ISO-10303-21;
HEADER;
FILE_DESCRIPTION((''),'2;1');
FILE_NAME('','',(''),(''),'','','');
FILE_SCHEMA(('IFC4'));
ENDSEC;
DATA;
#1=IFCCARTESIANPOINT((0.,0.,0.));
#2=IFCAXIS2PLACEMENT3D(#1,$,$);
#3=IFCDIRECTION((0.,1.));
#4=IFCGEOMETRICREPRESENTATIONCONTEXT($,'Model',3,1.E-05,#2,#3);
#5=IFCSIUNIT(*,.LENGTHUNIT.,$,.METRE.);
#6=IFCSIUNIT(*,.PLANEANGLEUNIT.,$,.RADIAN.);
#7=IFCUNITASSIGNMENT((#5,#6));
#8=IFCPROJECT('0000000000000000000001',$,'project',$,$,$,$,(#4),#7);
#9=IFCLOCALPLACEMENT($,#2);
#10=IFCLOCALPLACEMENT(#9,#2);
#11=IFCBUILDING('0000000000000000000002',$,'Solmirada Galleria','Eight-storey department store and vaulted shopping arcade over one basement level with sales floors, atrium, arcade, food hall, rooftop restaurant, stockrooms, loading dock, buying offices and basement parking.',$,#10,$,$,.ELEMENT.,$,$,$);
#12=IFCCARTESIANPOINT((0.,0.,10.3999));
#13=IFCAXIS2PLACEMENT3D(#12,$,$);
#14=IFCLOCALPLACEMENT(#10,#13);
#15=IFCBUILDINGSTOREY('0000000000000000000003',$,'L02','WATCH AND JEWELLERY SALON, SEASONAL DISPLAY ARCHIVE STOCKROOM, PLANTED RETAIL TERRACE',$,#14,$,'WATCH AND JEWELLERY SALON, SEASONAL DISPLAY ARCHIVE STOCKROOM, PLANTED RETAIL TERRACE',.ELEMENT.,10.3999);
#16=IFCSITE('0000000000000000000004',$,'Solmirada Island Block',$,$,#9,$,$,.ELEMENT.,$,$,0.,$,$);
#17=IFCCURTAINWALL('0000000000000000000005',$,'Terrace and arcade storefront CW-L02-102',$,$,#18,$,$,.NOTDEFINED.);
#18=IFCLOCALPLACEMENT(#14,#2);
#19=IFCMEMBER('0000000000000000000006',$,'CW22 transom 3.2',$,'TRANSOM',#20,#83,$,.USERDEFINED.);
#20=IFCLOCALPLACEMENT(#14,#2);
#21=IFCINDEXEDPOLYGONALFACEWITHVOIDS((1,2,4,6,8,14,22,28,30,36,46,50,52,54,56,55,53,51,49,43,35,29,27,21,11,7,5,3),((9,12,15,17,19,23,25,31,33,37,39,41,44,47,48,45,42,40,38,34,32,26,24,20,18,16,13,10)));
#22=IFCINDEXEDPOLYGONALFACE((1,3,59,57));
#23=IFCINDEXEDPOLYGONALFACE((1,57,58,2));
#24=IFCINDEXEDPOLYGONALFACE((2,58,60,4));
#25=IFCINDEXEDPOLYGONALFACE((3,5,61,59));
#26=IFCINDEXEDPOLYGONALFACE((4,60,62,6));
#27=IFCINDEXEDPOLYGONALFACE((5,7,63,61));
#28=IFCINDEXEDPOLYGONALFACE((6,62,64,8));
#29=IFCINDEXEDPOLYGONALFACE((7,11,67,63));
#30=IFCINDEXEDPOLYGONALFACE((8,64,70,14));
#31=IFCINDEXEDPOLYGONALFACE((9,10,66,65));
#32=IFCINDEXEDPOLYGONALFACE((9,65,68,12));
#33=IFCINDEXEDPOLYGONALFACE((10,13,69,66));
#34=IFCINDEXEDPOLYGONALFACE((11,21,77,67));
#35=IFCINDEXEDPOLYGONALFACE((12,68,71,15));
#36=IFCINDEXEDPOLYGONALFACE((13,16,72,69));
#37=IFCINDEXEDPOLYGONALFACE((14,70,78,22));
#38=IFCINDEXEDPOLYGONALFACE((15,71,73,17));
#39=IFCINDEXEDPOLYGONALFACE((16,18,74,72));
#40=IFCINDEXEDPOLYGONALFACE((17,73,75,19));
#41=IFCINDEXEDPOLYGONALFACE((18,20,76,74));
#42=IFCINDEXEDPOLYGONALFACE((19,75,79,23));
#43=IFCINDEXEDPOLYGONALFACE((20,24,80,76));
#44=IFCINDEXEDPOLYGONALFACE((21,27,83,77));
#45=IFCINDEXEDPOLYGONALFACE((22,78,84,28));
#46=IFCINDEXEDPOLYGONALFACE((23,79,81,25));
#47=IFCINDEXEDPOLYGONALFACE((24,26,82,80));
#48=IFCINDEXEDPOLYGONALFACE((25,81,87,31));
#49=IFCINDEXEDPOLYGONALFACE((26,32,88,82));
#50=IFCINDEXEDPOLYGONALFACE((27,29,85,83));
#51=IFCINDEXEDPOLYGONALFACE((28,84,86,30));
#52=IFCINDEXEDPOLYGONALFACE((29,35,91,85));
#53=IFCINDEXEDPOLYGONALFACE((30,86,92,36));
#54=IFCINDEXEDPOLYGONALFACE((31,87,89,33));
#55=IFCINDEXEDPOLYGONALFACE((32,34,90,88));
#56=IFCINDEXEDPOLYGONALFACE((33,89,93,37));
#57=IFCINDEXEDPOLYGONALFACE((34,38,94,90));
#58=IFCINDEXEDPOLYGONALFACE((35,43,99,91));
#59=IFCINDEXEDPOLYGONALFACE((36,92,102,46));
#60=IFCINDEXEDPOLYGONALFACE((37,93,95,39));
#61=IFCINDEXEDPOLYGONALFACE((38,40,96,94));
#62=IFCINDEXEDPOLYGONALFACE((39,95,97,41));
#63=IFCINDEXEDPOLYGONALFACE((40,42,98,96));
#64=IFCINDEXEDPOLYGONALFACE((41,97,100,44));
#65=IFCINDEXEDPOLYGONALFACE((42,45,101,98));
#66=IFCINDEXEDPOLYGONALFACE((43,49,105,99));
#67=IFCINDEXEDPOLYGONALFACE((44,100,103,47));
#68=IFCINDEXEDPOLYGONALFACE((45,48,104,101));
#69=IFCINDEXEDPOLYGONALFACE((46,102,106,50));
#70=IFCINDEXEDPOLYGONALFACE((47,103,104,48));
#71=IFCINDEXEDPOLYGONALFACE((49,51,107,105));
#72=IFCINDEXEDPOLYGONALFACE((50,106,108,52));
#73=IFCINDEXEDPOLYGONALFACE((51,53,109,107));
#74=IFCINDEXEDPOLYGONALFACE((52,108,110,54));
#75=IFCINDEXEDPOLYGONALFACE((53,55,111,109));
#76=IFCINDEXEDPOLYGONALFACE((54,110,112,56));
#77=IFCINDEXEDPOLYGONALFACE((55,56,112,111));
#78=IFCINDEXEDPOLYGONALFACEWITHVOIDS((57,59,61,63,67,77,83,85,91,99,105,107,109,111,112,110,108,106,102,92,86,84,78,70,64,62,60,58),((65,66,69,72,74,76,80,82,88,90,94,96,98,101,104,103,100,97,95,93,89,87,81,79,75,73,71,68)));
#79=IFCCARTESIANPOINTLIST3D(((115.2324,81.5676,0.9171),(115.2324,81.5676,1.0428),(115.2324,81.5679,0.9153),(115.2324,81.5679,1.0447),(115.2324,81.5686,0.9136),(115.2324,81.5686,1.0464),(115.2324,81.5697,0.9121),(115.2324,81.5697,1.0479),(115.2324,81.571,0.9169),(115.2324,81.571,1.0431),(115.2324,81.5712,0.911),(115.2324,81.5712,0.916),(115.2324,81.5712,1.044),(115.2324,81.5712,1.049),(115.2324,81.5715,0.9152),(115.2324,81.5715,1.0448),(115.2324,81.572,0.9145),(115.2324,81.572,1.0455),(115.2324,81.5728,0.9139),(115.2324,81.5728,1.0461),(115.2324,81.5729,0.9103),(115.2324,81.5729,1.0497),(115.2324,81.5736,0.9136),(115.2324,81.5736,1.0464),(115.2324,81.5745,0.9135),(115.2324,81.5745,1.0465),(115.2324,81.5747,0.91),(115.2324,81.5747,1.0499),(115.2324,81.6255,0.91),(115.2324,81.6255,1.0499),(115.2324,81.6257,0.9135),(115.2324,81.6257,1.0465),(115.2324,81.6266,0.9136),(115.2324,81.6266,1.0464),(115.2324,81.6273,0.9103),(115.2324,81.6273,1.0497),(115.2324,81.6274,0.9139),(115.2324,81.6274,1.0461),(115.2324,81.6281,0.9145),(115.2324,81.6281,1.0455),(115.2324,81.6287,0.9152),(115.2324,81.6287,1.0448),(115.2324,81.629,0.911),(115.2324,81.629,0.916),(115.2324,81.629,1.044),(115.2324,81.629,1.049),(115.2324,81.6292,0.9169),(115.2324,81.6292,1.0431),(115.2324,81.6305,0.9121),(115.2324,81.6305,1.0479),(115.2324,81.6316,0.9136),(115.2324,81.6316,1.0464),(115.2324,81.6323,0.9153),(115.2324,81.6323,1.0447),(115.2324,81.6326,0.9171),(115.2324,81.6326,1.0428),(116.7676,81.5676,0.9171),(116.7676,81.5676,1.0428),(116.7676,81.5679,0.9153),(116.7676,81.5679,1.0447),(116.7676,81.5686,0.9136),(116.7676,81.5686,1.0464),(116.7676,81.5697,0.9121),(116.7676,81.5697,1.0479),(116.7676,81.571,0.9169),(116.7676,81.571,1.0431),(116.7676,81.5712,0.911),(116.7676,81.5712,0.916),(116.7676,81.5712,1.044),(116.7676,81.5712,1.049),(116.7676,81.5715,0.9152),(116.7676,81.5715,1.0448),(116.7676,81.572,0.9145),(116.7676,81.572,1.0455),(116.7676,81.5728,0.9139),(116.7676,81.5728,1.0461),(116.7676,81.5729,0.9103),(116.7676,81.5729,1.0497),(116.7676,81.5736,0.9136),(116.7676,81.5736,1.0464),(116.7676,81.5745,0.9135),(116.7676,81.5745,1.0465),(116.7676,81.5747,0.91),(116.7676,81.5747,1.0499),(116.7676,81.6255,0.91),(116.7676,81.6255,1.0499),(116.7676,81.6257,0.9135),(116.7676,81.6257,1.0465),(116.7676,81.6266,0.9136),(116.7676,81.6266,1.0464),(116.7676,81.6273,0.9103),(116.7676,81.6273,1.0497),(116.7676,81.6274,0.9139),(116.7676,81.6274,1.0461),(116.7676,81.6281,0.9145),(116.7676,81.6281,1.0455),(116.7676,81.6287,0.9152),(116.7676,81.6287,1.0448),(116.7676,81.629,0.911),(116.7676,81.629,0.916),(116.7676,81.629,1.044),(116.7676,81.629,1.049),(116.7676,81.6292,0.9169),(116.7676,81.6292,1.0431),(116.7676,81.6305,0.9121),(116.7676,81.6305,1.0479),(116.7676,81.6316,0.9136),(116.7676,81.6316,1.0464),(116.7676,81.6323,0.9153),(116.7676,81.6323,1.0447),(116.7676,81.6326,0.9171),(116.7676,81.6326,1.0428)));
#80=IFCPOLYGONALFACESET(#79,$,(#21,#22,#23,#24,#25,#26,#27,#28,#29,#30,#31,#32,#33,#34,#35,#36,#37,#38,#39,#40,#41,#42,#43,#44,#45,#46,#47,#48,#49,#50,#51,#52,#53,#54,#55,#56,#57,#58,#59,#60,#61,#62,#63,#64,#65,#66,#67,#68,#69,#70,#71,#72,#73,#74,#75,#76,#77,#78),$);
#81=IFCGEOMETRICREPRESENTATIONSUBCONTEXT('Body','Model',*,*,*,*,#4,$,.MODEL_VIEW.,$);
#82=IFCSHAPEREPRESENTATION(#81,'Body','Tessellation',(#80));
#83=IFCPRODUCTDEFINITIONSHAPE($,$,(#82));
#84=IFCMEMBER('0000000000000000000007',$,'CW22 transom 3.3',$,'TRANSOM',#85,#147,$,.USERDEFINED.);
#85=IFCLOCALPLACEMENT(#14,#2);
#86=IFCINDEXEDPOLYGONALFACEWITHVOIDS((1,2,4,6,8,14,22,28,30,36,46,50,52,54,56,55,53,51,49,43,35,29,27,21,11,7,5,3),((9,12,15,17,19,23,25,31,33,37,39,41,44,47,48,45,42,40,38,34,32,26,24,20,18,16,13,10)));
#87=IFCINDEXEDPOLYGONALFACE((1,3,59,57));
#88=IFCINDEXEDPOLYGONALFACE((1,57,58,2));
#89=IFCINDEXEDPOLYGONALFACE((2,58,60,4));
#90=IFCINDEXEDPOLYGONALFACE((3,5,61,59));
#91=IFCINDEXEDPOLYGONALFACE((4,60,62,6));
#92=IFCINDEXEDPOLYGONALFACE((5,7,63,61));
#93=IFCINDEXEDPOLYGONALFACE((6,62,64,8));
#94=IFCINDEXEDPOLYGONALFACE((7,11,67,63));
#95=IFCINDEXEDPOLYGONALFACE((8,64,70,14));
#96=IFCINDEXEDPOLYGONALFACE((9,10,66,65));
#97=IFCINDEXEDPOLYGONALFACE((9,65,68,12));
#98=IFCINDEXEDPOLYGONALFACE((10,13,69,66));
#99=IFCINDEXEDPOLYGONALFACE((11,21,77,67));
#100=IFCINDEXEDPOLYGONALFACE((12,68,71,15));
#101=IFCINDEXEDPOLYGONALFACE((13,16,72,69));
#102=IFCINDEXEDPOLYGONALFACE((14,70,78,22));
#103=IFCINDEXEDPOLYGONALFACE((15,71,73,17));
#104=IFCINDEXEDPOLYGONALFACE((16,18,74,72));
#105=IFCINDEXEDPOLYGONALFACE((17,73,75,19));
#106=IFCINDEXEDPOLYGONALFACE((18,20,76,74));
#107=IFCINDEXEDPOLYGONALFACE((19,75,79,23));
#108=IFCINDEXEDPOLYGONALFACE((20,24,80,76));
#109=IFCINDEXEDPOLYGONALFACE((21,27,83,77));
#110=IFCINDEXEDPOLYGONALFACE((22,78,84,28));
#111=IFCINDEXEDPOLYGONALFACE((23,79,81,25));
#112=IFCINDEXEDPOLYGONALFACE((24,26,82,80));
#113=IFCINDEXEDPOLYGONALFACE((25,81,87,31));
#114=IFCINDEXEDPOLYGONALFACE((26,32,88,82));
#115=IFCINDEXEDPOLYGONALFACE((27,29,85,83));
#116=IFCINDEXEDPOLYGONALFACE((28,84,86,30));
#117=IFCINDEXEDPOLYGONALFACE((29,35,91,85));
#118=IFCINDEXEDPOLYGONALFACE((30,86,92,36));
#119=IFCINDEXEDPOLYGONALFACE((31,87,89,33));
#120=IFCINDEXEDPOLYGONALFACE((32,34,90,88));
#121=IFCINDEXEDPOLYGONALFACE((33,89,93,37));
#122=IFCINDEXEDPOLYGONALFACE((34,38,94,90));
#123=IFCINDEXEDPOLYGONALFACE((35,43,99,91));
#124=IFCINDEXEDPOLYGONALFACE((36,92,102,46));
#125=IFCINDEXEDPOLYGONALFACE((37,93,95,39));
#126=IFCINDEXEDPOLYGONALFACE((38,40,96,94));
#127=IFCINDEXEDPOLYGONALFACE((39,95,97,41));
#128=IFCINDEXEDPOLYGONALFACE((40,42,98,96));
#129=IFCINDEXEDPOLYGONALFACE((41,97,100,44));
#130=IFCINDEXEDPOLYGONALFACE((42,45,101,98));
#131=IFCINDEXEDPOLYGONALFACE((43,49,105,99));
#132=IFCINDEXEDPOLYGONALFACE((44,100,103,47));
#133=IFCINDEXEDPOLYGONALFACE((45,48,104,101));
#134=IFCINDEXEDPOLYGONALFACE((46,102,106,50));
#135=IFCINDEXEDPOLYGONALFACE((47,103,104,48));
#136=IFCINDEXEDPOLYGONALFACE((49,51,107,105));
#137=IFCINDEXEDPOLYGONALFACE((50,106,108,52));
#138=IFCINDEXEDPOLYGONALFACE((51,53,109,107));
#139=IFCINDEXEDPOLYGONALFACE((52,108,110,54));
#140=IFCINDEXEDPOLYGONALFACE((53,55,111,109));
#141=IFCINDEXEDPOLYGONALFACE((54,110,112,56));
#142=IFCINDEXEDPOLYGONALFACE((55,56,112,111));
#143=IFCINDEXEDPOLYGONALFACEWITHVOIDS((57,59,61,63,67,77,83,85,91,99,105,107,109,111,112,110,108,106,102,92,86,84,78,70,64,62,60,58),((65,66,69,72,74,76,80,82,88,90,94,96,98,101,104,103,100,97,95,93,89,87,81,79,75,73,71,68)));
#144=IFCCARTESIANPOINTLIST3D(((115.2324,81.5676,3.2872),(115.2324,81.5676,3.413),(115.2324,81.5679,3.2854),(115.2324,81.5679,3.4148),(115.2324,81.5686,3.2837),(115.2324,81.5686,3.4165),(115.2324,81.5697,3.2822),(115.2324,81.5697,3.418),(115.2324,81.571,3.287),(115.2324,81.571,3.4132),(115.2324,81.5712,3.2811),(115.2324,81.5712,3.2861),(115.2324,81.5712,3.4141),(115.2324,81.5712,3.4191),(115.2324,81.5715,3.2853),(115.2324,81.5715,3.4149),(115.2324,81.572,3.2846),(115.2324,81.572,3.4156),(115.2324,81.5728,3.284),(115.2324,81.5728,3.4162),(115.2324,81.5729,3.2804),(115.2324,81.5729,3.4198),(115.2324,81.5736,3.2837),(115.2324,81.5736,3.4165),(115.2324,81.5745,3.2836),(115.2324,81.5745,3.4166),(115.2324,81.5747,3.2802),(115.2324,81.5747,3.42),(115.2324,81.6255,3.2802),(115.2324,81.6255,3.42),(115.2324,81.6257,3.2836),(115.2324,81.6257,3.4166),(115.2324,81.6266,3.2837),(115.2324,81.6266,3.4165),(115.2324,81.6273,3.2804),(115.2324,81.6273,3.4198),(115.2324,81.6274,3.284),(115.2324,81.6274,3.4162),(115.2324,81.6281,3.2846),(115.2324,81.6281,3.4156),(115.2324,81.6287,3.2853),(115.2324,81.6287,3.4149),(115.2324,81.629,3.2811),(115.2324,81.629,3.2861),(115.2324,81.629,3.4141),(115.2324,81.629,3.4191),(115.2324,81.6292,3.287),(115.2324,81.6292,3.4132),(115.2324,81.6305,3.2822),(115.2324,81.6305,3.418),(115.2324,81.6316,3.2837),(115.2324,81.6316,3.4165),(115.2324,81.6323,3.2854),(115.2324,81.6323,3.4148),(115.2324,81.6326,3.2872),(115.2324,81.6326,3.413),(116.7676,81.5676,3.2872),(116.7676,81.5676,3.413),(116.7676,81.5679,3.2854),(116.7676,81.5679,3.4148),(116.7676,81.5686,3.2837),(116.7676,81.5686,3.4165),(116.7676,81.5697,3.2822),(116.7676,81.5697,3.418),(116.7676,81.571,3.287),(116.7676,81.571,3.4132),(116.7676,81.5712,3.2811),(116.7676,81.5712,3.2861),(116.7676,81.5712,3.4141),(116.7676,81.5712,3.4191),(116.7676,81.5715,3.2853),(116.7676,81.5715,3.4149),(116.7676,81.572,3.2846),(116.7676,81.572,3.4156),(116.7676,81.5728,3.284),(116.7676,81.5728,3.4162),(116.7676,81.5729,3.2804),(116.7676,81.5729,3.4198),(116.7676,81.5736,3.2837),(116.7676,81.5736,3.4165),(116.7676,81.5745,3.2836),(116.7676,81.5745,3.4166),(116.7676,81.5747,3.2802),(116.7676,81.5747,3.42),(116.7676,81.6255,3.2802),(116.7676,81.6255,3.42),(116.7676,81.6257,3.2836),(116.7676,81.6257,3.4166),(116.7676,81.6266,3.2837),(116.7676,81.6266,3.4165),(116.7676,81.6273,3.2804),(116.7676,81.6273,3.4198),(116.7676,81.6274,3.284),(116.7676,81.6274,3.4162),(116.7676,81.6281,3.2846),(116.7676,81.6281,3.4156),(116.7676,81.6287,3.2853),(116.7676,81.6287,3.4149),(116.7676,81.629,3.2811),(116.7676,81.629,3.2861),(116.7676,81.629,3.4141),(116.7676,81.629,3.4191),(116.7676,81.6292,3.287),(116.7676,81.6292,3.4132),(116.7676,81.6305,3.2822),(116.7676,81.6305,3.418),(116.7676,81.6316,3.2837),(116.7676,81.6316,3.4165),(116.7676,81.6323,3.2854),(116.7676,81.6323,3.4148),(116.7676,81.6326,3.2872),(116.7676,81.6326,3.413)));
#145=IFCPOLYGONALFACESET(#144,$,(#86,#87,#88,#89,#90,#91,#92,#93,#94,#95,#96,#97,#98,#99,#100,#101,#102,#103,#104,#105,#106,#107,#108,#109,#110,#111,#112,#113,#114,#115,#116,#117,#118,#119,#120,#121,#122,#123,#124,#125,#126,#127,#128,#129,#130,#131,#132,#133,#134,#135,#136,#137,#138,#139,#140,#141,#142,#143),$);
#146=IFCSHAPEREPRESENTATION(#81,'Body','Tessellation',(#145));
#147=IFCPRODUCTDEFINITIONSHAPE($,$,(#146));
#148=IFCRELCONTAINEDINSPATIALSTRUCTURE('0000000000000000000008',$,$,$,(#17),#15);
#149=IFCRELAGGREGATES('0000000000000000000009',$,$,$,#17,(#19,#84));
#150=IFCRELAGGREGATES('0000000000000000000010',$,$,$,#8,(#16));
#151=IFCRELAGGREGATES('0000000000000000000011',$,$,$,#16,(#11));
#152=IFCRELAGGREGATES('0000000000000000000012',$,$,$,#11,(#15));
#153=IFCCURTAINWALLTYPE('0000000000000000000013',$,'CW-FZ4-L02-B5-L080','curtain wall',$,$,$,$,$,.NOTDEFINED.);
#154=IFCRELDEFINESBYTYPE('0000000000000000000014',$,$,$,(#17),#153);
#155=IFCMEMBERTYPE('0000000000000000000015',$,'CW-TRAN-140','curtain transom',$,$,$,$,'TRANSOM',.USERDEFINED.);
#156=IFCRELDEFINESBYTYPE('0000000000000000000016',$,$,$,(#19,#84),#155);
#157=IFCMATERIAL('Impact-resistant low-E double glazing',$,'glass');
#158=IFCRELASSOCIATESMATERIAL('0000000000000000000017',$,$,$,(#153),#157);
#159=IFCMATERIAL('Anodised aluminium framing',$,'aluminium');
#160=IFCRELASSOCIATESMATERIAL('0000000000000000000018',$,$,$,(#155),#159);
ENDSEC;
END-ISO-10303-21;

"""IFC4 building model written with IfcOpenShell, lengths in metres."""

from ifc_helpers import new_model, si_unit, direction, frame, origin, origin_2d, place, context, subcontext, project, spatial, hollow_rectangle, extrude, material, material_profile, profile_set, type_object, element, aggregate, save


model = new_model("IFC4")

# Units and contexts
model_context = context("Model", 3, precision=1e-05, world=origin(), true_north=direction((0.0, 1.0)))
body_context = subcontext(model_context, "Body", "Model", "MODEL_VIEW")
ifc_project = project(units=[si_unit("LENGTHUNIT", "METRE"), si_unit("PLANEANGLEUNIT", "RADIAN")], contexts=[model_context])

# Site, building, storey
site_placement = place(None, origin())
site = spatial("IfcSite", under=ifc_project, at=site_placement, Name="Solmirada Island Block", CompositionType="ELEMENT", RefElevation=0.0)
building_placement = place(site_placement, origin())
building = spatial("IfcBuilding", under=site, at=building_placement, Name="Solmirada Galleria", Description="Eight-storey department store and vaulted shopping arcade over one basement level with sales floors, atrium, arcade, food hall, rooftop restaurant, stockrooms, loading dock, buying offices and basement parking.", CompositionType="ELEMENT")
storey_placement = place(building_placement, frame((0.0, 0.0, 10.3999)))
storey = spatial("IfcBuildingStorey", under=building, at=storey_placement, Name="L02", Description="WATCH AND JEWELLERY SALON, SEASONAL DISPLAY ARCHIVE STOCKROOM, PLANTED RETAIL TERRACE", LongName="WATCH AND JEWELLERY SALON, SEASONAL DISPLAY ARCHIVE STOCKROOM, PLANTED RETAIL TERRACE", CompositionType="ELEMENT", Elevation=10.3999)

# Curtain wall, members
ifc_material_1 = material(Name="Impact-resistant low-E double glazing", Category="glass")
curtain_wall_type = type_object("IfcCurtainWallType", Name="CW-FZ4-L02-B5-L080", Description="curtain wall", PredefinedType="NOTDEFINED", material=ifc_material_1)
curtain_wall_placement = place(storey_placement, origin())
curtain_wall = element("IfcCurtainWall", 1, at=curtain_wall_placement, inside=storey, type_object=curtain_wall_type, Name="Terrace and arcade storefront CW-L02-102", PredefinedType="NOTDEFINED")
ifc_material_2 = material(Name="Anodised aluminium framing", Category="aluminium")
ifc_material_profile_1 = material_profile(ifc_material_2, hollow_rectangle(XDim=0.0649, YDim=0.1399, WallThickness=0.0034, InnerFilletRadius=0.0034, OuterFilletRadius=0.0071, at=origin_2d()), Name="ALU-TRAN-140X65")
ifc_profile_set_1 = profile_set([ifc_material_profile_1], Name="Anodised aluminium framing")
member_type_1 = type_object("IfcMemberType", Name="CW-TRAN-140", Description="curtain transom", ElementType="TRANSOM", PredefinedType="USERDEFINED", material=ifc_profile_set_1)
member_1_placement = place(storey_placement, frame((116.7676, 81.6001, 0.98), z_axis=(-1.0, 0.0, 0.0), x_axis=(0.0, -1.0, 0.0)))
member_1 = element("IfcMember", 2, at=member_1_placement, type_object=member_type_1, Name="CW22 transom 3.2", ObjectType="TRANSOM", PredefinedType="USERDEFINED", context=body_context, shape_type="SweptSolid", body=[
    extrude(hollow_rectangle(XDim=0.0649, YDim=0.1399, WallThickness=0.0034, InnerFilletRadius=0.0034, OuterFilletRadius=0.0071, at=origin_2d()), origin(), (0.0, 0.0, 1.0), 1.5352),
])
member_2_placement = place(storey_placement, frame((116.7676, 81.6001, 3.3501), z_axis=(-1.0, 0.0, 0.0), x_axis=(0.0, -1.0, 0.0)))
member_2 = element("IfcMember", 3, at=member_2_placement, type_object=member_type_1, Name="CW22 transom 3.3", ObjectType="TRANSOM", PredefinedType="USERDEFINED", context=body_context, shape_type="SweptSolid", body=[
    extrude(hollow_rectangle(XDim=0.0649, YDim=0.1399, WallThickness=0.0034, InnerFilletRadius=0.0034, OuterFilletRadius=0.0071, at=origin_2d()), origin(), (0.0, 0.0, 1.0), 1.5352),
])
aggregate(curtain_wall, [member_1, member_2])

save(model, "model.ifc")
